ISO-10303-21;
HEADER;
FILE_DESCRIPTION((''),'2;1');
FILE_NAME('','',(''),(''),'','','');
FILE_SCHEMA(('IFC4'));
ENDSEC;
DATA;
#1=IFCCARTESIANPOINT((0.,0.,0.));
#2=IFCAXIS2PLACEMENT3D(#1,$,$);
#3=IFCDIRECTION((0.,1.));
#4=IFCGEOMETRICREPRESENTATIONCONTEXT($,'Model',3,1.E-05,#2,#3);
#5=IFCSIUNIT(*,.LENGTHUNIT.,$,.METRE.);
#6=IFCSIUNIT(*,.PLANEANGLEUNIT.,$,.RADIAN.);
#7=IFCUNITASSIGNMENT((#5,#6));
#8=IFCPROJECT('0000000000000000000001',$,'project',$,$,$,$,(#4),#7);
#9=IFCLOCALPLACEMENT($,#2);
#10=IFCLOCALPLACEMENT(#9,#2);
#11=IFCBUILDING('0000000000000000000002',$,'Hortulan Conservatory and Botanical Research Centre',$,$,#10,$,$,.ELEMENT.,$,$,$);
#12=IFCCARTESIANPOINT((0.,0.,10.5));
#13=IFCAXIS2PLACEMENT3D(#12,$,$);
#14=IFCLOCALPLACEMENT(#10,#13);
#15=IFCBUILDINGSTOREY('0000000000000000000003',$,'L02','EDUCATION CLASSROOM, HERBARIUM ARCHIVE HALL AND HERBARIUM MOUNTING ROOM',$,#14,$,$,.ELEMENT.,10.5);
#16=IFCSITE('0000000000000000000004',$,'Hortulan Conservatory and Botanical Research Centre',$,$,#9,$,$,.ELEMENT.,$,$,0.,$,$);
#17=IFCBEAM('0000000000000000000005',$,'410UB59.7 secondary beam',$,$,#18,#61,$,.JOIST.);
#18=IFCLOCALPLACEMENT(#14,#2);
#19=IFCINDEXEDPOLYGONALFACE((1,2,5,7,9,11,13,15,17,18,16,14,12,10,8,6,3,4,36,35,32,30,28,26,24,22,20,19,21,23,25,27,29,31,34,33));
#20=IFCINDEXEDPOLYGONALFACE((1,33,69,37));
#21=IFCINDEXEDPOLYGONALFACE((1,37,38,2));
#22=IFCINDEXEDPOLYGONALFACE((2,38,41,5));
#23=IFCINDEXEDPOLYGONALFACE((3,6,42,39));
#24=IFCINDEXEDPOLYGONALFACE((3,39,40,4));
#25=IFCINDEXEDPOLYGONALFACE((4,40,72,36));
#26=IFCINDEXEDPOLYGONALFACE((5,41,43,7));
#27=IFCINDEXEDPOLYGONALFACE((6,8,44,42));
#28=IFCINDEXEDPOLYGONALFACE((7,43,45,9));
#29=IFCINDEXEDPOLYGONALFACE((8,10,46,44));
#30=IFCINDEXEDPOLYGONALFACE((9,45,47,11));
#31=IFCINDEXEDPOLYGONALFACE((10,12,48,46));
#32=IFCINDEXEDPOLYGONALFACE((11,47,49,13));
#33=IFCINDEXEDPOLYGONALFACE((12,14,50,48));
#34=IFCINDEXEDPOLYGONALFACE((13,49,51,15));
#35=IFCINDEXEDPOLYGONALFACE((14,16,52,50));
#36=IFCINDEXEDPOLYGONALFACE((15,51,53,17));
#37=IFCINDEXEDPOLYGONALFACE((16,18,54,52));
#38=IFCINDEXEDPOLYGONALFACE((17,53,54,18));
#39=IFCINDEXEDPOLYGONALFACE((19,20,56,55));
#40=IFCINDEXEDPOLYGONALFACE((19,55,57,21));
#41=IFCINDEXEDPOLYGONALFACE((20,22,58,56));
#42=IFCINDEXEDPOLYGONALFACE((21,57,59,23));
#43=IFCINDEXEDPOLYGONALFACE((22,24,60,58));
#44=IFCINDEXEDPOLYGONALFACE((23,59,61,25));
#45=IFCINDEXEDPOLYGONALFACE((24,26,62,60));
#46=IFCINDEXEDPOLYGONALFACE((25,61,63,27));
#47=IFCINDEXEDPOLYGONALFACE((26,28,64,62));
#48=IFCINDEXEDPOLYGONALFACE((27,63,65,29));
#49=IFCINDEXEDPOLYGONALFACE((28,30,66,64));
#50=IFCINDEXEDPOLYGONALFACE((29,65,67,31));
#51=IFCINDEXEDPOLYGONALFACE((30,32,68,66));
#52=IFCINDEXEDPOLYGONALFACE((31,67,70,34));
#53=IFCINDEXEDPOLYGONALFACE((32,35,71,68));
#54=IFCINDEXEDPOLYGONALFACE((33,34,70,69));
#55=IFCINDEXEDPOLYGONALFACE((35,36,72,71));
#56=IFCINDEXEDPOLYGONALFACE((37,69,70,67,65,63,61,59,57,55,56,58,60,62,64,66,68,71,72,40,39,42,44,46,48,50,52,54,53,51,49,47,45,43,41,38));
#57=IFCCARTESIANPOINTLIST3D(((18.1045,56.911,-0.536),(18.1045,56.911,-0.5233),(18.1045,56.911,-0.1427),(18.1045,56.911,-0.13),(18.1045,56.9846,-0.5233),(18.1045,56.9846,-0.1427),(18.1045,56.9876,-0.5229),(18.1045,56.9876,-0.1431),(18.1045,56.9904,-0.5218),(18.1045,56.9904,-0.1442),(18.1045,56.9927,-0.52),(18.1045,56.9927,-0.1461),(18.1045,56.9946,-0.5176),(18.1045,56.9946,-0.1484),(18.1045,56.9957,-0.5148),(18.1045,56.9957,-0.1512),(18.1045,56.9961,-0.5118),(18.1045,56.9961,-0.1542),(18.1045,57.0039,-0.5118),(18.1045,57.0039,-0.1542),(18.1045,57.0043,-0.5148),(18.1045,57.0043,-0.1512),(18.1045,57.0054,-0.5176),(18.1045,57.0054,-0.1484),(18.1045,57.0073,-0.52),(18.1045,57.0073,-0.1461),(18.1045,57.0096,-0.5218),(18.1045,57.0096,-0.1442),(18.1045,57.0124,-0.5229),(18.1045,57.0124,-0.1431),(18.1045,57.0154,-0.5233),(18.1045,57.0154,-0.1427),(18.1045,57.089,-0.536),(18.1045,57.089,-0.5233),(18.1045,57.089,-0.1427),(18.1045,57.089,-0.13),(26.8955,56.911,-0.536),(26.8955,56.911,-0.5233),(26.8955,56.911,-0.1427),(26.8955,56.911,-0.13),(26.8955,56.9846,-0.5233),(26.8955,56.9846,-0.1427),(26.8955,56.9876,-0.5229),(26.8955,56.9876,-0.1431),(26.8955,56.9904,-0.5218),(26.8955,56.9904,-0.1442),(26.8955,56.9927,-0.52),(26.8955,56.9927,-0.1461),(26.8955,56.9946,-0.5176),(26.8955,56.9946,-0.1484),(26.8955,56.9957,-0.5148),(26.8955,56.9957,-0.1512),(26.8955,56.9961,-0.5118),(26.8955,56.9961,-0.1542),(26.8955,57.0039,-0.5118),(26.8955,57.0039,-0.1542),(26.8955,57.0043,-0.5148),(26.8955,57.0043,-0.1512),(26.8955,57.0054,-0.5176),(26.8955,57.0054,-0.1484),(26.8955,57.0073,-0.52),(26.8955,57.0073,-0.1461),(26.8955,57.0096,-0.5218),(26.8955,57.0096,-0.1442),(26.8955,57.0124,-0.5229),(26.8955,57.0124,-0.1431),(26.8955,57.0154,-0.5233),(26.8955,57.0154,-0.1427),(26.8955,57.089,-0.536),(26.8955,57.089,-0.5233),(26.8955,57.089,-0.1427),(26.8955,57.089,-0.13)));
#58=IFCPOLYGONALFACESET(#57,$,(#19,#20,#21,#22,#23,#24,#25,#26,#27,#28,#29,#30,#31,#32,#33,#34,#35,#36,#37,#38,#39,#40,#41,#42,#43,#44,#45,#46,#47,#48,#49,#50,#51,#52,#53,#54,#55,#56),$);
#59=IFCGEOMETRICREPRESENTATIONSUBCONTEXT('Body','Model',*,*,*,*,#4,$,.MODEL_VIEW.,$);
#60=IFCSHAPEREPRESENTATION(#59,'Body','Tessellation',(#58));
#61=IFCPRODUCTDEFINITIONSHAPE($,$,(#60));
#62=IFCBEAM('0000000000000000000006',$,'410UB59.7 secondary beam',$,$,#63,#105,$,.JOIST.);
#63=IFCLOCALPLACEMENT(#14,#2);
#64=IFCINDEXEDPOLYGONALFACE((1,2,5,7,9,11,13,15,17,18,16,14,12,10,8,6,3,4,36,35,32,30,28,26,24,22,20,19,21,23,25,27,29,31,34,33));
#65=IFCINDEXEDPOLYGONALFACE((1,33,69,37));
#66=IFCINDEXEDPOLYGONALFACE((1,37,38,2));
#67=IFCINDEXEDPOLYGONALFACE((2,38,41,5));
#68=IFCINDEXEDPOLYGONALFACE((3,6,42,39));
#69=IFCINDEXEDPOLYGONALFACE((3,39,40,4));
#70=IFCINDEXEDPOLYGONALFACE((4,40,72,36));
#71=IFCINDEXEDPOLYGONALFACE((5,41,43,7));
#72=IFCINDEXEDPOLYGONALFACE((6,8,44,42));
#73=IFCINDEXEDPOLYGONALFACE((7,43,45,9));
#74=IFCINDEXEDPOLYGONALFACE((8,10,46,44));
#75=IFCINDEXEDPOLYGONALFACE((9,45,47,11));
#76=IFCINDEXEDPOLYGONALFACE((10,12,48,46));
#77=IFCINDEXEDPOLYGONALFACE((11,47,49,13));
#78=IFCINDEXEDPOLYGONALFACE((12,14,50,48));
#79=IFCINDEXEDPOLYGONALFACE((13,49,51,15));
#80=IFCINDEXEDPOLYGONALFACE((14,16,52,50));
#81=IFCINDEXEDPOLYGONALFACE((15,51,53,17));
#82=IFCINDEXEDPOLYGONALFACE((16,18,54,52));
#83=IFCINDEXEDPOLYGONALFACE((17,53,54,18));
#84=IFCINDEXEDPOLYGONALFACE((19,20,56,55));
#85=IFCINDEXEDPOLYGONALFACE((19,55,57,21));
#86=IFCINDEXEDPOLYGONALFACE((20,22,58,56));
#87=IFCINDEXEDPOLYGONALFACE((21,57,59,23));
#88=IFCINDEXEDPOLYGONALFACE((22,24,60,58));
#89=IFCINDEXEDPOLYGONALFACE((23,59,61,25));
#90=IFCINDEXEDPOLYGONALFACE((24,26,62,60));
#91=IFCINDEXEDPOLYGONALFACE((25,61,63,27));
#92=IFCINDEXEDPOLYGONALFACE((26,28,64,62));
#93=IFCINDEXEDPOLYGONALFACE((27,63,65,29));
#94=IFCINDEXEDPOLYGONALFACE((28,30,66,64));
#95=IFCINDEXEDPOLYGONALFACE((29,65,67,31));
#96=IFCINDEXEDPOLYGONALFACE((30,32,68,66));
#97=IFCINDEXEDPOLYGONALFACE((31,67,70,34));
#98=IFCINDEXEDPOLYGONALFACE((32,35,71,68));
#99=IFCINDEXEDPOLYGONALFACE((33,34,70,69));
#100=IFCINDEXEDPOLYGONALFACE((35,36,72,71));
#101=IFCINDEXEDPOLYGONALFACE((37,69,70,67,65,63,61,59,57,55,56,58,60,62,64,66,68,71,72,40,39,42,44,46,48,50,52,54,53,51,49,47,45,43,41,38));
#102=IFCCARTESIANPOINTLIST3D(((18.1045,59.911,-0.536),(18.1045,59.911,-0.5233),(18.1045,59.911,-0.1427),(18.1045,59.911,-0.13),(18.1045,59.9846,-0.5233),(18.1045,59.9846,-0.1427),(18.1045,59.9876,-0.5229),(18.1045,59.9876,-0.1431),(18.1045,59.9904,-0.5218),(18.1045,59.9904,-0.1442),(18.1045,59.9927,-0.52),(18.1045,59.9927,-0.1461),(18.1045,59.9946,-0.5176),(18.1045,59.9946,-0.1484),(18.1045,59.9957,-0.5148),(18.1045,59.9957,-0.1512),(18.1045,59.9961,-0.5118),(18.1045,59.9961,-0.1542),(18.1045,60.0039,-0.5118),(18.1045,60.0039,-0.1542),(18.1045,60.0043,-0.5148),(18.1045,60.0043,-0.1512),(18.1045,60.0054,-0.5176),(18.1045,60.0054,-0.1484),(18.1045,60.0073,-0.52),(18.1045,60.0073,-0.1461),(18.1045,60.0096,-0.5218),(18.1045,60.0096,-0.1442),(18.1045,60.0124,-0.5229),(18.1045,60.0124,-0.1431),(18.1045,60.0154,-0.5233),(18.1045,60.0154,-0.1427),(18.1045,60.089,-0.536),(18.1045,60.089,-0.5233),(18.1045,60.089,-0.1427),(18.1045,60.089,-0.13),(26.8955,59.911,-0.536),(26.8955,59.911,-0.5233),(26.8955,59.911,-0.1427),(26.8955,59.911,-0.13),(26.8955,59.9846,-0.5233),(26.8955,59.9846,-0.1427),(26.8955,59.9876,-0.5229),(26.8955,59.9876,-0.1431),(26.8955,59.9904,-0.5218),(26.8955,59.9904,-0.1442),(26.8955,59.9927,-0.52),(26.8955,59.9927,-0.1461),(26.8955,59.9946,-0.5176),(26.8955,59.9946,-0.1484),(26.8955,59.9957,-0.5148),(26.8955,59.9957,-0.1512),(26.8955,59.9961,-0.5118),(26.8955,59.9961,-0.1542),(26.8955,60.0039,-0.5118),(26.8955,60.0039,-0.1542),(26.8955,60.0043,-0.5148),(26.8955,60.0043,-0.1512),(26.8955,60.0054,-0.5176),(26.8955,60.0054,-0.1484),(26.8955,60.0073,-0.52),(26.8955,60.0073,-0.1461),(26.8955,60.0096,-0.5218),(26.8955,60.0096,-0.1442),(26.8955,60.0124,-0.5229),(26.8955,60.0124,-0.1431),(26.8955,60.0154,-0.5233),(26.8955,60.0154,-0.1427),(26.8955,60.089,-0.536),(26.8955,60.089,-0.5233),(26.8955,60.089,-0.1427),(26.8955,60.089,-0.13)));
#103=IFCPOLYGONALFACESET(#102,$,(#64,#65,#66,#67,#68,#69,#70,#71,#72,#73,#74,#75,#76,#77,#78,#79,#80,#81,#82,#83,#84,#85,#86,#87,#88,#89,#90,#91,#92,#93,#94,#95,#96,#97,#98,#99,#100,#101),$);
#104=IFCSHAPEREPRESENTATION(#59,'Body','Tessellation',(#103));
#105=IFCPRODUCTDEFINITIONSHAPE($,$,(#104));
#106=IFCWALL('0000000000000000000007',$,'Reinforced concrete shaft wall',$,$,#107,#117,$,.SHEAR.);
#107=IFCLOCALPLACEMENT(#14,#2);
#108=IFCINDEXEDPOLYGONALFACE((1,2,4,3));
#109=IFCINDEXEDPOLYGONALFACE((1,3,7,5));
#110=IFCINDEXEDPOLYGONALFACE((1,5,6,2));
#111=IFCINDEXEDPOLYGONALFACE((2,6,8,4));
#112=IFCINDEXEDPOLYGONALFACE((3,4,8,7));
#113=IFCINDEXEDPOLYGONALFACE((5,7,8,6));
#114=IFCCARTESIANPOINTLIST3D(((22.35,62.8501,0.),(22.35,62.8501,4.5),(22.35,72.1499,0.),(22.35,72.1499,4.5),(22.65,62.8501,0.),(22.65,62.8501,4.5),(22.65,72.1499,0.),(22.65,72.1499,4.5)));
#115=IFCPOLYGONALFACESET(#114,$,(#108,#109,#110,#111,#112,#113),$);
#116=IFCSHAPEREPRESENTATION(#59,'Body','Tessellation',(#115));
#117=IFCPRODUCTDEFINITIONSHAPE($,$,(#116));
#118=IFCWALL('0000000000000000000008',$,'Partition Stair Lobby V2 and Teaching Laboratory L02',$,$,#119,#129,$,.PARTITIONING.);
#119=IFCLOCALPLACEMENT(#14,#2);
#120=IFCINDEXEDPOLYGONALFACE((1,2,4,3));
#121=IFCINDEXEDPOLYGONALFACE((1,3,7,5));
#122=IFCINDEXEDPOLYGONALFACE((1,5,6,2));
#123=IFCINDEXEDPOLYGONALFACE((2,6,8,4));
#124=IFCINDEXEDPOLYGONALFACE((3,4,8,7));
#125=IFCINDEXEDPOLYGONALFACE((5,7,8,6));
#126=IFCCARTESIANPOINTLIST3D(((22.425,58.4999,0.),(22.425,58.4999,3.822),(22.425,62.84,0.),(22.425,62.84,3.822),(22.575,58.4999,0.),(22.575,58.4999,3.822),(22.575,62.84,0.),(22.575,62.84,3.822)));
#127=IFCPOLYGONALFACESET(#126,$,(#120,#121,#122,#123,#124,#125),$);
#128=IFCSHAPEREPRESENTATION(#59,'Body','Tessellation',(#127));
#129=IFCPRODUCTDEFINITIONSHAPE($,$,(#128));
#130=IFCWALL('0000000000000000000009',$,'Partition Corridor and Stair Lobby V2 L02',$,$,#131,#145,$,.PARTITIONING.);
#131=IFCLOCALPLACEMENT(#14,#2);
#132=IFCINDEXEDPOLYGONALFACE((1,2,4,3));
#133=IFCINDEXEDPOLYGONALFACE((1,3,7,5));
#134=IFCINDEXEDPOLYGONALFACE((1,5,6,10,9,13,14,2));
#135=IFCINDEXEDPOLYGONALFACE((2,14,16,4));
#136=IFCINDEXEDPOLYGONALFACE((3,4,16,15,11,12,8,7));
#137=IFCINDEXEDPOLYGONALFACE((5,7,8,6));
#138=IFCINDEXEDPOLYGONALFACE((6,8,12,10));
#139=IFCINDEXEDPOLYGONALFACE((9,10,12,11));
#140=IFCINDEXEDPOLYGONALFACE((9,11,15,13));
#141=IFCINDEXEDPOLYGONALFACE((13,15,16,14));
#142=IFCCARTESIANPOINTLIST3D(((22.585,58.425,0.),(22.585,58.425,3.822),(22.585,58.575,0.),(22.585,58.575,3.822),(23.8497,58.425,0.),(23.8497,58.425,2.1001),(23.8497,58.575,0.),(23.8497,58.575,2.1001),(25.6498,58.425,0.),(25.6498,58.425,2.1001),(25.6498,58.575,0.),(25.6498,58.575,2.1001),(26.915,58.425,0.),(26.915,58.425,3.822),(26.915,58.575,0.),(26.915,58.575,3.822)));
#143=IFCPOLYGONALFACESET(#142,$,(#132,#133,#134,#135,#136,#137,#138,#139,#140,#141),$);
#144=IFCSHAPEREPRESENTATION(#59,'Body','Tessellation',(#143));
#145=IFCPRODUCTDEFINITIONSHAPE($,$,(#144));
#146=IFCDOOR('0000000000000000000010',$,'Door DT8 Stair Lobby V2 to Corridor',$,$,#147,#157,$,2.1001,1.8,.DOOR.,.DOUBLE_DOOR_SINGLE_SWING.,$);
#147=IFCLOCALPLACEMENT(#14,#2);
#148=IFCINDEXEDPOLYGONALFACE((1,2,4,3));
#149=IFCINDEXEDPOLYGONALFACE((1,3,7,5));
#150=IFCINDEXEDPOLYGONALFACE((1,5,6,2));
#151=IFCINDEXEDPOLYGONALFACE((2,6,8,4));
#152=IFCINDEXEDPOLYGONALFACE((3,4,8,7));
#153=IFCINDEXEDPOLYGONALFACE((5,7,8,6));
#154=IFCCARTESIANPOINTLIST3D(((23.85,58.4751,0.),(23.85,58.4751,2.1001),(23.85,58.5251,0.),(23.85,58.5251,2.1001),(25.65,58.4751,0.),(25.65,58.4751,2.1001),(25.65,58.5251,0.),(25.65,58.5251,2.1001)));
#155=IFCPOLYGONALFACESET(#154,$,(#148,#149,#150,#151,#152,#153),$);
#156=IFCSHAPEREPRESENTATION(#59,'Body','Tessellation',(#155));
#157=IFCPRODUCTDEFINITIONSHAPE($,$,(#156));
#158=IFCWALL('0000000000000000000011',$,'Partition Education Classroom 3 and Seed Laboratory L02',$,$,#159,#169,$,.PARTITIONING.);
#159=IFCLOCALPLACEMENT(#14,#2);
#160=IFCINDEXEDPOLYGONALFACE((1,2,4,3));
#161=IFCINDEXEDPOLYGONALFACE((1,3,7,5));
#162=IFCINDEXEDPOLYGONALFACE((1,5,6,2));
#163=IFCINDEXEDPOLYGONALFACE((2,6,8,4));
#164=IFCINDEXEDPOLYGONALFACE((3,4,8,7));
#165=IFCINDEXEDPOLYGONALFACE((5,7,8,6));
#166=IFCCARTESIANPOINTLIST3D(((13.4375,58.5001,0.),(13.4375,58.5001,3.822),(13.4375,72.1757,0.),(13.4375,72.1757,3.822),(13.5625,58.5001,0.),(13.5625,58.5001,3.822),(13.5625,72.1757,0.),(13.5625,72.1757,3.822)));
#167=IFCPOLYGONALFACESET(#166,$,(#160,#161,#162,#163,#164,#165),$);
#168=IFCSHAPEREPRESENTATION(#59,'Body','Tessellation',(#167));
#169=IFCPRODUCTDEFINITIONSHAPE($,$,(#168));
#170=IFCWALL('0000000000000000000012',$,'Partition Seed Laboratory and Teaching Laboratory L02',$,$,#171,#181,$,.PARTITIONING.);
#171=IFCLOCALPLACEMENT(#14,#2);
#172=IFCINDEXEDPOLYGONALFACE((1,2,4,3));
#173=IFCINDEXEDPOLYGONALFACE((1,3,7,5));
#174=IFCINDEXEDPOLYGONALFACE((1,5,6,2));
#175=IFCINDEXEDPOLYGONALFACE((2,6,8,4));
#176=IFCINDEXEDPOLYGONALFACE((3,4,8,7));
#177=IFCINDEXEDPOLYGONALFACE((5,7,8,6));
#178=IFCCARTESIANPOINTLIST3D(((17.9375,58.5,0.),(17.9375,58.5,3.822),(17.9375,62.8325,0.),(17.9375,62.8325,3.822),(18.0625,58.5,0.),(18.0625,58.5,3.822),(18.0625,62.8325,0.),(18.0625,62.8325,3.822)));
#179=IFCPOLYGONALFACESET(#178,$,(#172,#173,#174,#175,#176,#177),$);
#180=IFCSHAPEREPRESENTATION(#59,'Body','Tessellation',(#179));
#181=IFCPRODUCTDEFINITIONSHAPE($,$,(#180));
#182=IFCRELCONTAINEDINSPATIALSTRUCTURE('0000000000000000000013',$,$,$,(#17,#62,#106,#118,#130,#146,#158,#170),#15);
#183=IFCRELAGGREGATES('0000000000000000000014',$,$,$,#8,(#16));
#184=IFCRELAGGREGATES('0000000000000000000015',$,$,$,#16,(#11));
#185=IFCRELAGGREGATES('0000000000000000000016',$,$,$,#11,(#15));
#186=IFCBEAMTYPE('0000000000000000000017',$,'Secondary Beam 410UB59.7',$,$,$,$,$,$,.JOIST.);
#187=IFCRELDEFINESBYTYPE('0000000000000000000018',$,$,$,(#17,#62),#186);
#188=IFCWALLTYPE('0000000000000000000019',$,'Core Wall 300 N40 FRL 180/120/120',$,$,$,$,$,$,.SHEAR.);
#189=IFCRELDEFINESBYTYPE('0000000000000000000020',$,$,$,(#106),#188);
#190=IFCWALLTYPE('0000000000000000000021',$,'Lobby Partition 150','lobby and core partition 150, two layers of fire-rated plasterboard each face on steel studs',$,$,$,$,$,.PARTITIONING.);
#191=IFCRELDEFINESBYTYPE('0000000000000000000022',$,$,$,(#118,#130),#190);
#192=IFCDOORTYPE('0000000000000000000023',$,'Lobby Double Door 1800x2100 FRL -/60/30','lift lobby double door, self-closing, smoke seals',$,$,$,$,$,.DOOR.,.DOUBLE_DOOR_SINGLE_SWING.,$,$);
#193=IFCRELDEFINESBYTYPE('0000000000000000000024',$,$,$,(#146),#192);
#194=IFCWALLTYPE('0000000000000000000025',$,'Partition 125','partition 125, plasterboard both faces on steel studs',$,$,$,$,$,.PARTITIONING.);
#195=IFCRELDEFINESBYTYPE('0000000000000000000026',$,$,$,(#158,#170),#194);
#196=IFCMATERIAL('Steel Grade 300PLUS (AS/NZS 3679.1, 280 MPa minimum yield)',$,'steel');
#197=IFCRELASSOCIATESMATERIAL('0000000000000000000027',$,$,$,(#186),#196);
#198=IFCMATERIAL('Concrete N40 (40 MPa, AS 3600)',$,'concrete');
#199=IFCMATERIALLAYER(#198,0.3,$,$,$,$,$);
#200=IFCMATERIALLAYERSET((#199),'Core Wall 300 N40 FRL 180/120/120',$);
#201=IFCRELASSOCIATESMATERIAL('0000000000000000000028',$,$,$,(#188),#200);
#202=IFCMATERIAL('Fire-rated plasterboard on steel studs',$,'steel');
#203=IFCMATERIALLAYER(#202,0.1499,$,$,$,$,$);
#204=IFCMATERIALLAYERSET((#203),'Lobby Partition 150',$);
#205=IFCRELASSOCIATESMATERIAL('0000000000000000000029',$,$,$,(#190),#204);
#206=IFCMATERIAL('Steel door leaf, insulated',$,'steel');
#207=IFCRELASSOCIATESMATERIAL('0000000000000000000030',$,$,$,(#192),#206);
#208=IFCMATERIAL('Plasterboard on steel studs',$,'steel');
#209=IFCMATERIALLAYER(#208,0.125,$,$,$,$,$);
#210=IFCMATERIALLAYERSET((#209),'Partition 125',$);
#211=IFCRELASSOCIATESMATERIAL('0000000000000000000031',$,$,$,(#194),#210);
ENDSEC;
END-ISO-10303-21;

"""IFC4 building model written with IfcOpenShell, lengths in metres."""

from ifc_helpers import new_model, si_unit, direction, frame, frame_2d, origin, origin_2d, place, context, subcontext, project, spatial, rectangle, i_section, extrude, material, layer, layer_set, material_profile, profile_set, type_object, element, fill, save


model = new_model("IFC4")

# Units and contexts
model_context = context("Model", 3, precision=1e-05, world=origin(), true_north=direction((0.0, 1.0)))
body_context = subcontext(model_context, "Body", "Model", "MODEL_VIEW")
ifc_project = project(units=[si_unit("LENGTHUNIT", "METRE"), si_unit("PLANEANGLEUNIT", "RADIAN")], contexts=[model_context])

# Site, building, storey
site_placement = place(None, origin())
site = spatial("IfcSite", under=ifc_project, at=site_placement, Name="Hortulan Conservatory and Botanical Research Centre", CompositionType="ELEMENT", RefElevation=0.0)
building_placement = place(site_placement, origin())
building = spatial("IfcBuilding", under=site, at=building_placement, Name="Hortulan Conservatory and Botanical Research Centre", CompositionType="ELEMENT")
storey_placement = place(building_placement, frame((0.0, 0.0, 10.5)))
storey = spatial("IfcBuildingStorey", under=building, at=storey_placement, Name="L02", Description="EDUCATION CLASSROOM, HERBARIUM ARCHIVE HALL AND HERBARIUM MOUNTING ROOM", CompositionType="ELEMENT", Elevation=10.5)

# Shared definitions
ifc_material_1 = material(Name="Steel Grade 300PLUS (AS/NZS 3679.1, 280 MPa minimum yield)", Category="steel")

# Beams
ifc_material_profile_1 = material_profile(ifc_material_1, i_section(OverallWidth=0.178, OverallDepth=0.406, WebThickness=0.0078, FlangeThickness=0.0127, FilletRadius=0.0115, at=origin_2d()), Name="410UB59.7")
ifc_profile_set_1 = profile_set([ifc_material_profile_1], Name="Steel Grade 300PLUS (AS/NZS 3679.1, 280 MPa minimum yield)")
beam_type_1 = type_object("IfcBeamType", Name="Secondary Beam 410UB59.7", PredefinedType="JOIST", material=ifc_profile_set_1)
for number, where, z_axis, x_axis, name in (
    (1, (18.1045, 57.0, -0.333), (1.0, 0.0, 0.0), (0.0, 1.0, 0.0), "410UB59.7 secondary beam"),
    (2, (18.1045, 60.0, -0.333), (1.0, 0.0, 0.0), (0.0, 1.0, 0.0), "410UB59.7 secondary beam"),
):
    element("IfcBeam", number, at=place(storey_placement, frame(where, z_axis=z_axis, x_axis=x_axis)), inside=storey, type_object=beam_type_1, Name=name, PredefinedType="JOIST", context=body_context, shape_type="SweptSolid", body=[
        extrude(i_section(OverallWidth=0.178, OverallDepth=0.406, WebThickness=0.0078, FlangeThickness=0.0127, FilletRadius=0.0115, at=origin_2d()), origin(), (0.0, 0.0, 1.0), 8.791),
    ])

# Walls
ifc_material_2 = material(Name="Concrete N40 (40 MPa, AS 3600)", Category="concrete")
ifc_layer_1 = layer(ifc_material_2, 0.3)
ifc_layer_set_1 = layer_set([ifc_layer_1], Name="Core Wall 300 N40 FRL 180/120/120")
wall_type_1 = type_object("IfcWallType", Name="Core Wall 300 N40 FRL 180/120/120", PredefinedType="SHEAR", material=ifc_layer_set_1)
wall_1_placement = place(storey_placement, frame((22.5, 62.8501, 0.0), z_axis=(0.0, 0.0, 1.0), x_axis=(0.0, 1.0, 0.0)))
element("IfcWall", 3, at=wall_1_placement, inside=storey, type_object=wall_type_1, Name="Reinforced concrete shaft wall", PredefinedType="SHEAR", context=body_context, shape_type="SweptSolid", body=[
    extrude(rectangle(XDim=9.2998, YDim=0.3, at=frame_2d((4.6499, 0.0))), origin(), (0.0, 0.0, 1.0), 4.5),
])
ifc_material_3 = material(Name="Fire-rated plasterboard on steel studs", Category="steel")
ifc_layer_2 = layer(ifc_material_3, 0.1499)
ifc_layer_set_2 = layer_set([ifc_layer_2], Name="Lobby Partition 150")
wall_type_2 = type_object("IfcWallType", Name="Lobby Partition 150", Description="lobby and core partition 150, two layers of fire-rated plasterboard each face on steel studs", PredefinedType="PARTITIONING", material=ifc_layer_set_2)
wall_2_placement = place(storey_placement, frame((22.5, 58.5, 0.0), z_axis=(0.0, 0.0, 1.0), x_axis=(0.0, 1.0, 0.0)))
element("IfcWall", 4, at=wall_2_placement, inside=storey, type_object=wall_type_2, Name="Partition Stair Lobby V2 and Teaching Laboratory L02", PredefinedType="PARTITIONING", context=body_context, shape_type="SweptSolid", body=[
    extrude(rectangle(XDim=4.3401, YDim=0.1499, at=frame_2d((2.1699, 0.0))), origin(), (0.0, 0.0, 1.0), 3.822),
])

# Wall, opening, door
wall_3_placement = place(storey_placement, frame((22.585, 58.5, 0.0), z_axis=(0.0, 0.0, 1.0), x_axis=(1.0, 0.0, 0.0)))
wall_3 = element("IfcWall", 5, at=wall_3_placement, inside=storey, type_object=wall_type_2, Name="Partition Corridor and Stair Lobby V2 L02", PredefinedType="PARTITIONING", context=body_context, shape_type="SweptSolid", body=[
    extrude(rectangle(XDim=4.3301, YDim=0.1499, at=frame_2d((2.165, 0.0))), origin(), (0.0, 0.0, 1.0), 3.822),
])
opening_1_placement = place(wall_3_placement, frame((1.2649, 0.0, 0.0)))
opening_1 = element("IfcOpeningElement", 6, at=opening_1_placement, cuts=wall_3, PredefinedType="OPENING", context=body_context, shape_type="SweptSolid", body=[
    extrude(rectangle(XDim=1.8, YDim=2.1001, at=frame_2d((0.8999, 1.05))), frame((0.0, 0.085, 0.0), z_axis=(0.0, -1.0, 0.0), x_axis=(1.0, 0.0, 0.0)), (0.0, 0.0, 1.0), 0.1699),
])
ifc_material_4 = material(Name="Steel door leaf, insulated", Category="steel")
door_type_1 = type_object("IfcDoorType", Name="Lobby Double Door 1800x2100 FRL -/60/30", Description="lift lobby double door, self-closing, smoke seals", OperationType="DOUBLE_DOOR_SINGLE_SWING", PredefinedType="DOOR", material=ifc_material_4)
door_1_placement = place(opening_1_placement, frame((1.8, 0.0, 0.0), z_axis=(0.0, 0.0, 1.0), x_axis=(-1.0, 0.0, 0.0)))
door_1 = element("IfcDoor", 7, at=door_1_placement, inside=storey, type_object=door_type_1, Name="Door DT8 Stair Lobby V2 to Corridor", OperationType="DOUBLE_DOOR_SINGLE_SWING", OverallHeight=2.1001, OverallWidth=1.8, PredefinedType="DOOR", context=body_context, shape_type="SweptSolid", body=[
    extrude(rectangle(XDim=1.8, YDim=2.1001, at=frame_2d((0.8999, 1.05))), frame((0.0, 0.0249, 0.0), z_axis=(0.0, -1.0, 0.0), x_axis=(1.0, 0.0, 0.0)), (0.0, 0.0, 1.0), 0.05),
])
fill(opening_1, door_1)

# Walls
ifc_material_5 = material(Name="Plasterboard on steel studs", Category="steel")
ifc_layer_3 = layer(ifc_material_5, 0.125)
ifc_layer_set_3 = layer_set([ifc_layer_3], Name="Partition 125")
wall_type_3 = type_object("IfcWallType", Name="Partition 125", Description="partition 125, plasterboard both faces on steel studs", PredefinedType="PARTITIONING", material=ifc_layer_set_3)
wall_4_placement = place(storey_placement, frame((13.5, 58.5, 0.0), z_axis=(0.0, 0.0, 1.0), x_axis=(0.0, 1.0, 0.0)))
element("IfcWall", 8, at=wall_4_placement, inside=storey, type_object=wall_type_3, Name="Partition Education Classroom 3 and Seed Laboratory L02", PredefinedType="PARTITIONING", context=body_context, shape_type="SweptSolid", body=[
    extrude(rectangle(XDim=13.6755, YDim=0.125, at=frame_2d((6.8379, 0.0))), origin(), (0.0, 0.0, 1.0), 3.822),
])
wall_5_placement = place(storey_placement, frame((18.0, 58.5, 0.0), z_axis=(0.0, 0.0, 1.0), x_axis=(0.0, 1.0, 0.0)))
element("IfcWall", 9, at=wall_5_placement, inside=storey, type_object=wall_type_3, Name="Partition Seed Laboratory and Teaching Laboratory L02", PredefinedType="PARTITIONING", context=body_context, shape_type="SweptSolid", body=[
    extrude(rectangle(XDim=4.3325, YDim=0.125, at=frame_2d((2.1663, 0.0))), origin(), (0.0, 0.0, 1.0), 3.822),
])

save(model, "model.ifc")
